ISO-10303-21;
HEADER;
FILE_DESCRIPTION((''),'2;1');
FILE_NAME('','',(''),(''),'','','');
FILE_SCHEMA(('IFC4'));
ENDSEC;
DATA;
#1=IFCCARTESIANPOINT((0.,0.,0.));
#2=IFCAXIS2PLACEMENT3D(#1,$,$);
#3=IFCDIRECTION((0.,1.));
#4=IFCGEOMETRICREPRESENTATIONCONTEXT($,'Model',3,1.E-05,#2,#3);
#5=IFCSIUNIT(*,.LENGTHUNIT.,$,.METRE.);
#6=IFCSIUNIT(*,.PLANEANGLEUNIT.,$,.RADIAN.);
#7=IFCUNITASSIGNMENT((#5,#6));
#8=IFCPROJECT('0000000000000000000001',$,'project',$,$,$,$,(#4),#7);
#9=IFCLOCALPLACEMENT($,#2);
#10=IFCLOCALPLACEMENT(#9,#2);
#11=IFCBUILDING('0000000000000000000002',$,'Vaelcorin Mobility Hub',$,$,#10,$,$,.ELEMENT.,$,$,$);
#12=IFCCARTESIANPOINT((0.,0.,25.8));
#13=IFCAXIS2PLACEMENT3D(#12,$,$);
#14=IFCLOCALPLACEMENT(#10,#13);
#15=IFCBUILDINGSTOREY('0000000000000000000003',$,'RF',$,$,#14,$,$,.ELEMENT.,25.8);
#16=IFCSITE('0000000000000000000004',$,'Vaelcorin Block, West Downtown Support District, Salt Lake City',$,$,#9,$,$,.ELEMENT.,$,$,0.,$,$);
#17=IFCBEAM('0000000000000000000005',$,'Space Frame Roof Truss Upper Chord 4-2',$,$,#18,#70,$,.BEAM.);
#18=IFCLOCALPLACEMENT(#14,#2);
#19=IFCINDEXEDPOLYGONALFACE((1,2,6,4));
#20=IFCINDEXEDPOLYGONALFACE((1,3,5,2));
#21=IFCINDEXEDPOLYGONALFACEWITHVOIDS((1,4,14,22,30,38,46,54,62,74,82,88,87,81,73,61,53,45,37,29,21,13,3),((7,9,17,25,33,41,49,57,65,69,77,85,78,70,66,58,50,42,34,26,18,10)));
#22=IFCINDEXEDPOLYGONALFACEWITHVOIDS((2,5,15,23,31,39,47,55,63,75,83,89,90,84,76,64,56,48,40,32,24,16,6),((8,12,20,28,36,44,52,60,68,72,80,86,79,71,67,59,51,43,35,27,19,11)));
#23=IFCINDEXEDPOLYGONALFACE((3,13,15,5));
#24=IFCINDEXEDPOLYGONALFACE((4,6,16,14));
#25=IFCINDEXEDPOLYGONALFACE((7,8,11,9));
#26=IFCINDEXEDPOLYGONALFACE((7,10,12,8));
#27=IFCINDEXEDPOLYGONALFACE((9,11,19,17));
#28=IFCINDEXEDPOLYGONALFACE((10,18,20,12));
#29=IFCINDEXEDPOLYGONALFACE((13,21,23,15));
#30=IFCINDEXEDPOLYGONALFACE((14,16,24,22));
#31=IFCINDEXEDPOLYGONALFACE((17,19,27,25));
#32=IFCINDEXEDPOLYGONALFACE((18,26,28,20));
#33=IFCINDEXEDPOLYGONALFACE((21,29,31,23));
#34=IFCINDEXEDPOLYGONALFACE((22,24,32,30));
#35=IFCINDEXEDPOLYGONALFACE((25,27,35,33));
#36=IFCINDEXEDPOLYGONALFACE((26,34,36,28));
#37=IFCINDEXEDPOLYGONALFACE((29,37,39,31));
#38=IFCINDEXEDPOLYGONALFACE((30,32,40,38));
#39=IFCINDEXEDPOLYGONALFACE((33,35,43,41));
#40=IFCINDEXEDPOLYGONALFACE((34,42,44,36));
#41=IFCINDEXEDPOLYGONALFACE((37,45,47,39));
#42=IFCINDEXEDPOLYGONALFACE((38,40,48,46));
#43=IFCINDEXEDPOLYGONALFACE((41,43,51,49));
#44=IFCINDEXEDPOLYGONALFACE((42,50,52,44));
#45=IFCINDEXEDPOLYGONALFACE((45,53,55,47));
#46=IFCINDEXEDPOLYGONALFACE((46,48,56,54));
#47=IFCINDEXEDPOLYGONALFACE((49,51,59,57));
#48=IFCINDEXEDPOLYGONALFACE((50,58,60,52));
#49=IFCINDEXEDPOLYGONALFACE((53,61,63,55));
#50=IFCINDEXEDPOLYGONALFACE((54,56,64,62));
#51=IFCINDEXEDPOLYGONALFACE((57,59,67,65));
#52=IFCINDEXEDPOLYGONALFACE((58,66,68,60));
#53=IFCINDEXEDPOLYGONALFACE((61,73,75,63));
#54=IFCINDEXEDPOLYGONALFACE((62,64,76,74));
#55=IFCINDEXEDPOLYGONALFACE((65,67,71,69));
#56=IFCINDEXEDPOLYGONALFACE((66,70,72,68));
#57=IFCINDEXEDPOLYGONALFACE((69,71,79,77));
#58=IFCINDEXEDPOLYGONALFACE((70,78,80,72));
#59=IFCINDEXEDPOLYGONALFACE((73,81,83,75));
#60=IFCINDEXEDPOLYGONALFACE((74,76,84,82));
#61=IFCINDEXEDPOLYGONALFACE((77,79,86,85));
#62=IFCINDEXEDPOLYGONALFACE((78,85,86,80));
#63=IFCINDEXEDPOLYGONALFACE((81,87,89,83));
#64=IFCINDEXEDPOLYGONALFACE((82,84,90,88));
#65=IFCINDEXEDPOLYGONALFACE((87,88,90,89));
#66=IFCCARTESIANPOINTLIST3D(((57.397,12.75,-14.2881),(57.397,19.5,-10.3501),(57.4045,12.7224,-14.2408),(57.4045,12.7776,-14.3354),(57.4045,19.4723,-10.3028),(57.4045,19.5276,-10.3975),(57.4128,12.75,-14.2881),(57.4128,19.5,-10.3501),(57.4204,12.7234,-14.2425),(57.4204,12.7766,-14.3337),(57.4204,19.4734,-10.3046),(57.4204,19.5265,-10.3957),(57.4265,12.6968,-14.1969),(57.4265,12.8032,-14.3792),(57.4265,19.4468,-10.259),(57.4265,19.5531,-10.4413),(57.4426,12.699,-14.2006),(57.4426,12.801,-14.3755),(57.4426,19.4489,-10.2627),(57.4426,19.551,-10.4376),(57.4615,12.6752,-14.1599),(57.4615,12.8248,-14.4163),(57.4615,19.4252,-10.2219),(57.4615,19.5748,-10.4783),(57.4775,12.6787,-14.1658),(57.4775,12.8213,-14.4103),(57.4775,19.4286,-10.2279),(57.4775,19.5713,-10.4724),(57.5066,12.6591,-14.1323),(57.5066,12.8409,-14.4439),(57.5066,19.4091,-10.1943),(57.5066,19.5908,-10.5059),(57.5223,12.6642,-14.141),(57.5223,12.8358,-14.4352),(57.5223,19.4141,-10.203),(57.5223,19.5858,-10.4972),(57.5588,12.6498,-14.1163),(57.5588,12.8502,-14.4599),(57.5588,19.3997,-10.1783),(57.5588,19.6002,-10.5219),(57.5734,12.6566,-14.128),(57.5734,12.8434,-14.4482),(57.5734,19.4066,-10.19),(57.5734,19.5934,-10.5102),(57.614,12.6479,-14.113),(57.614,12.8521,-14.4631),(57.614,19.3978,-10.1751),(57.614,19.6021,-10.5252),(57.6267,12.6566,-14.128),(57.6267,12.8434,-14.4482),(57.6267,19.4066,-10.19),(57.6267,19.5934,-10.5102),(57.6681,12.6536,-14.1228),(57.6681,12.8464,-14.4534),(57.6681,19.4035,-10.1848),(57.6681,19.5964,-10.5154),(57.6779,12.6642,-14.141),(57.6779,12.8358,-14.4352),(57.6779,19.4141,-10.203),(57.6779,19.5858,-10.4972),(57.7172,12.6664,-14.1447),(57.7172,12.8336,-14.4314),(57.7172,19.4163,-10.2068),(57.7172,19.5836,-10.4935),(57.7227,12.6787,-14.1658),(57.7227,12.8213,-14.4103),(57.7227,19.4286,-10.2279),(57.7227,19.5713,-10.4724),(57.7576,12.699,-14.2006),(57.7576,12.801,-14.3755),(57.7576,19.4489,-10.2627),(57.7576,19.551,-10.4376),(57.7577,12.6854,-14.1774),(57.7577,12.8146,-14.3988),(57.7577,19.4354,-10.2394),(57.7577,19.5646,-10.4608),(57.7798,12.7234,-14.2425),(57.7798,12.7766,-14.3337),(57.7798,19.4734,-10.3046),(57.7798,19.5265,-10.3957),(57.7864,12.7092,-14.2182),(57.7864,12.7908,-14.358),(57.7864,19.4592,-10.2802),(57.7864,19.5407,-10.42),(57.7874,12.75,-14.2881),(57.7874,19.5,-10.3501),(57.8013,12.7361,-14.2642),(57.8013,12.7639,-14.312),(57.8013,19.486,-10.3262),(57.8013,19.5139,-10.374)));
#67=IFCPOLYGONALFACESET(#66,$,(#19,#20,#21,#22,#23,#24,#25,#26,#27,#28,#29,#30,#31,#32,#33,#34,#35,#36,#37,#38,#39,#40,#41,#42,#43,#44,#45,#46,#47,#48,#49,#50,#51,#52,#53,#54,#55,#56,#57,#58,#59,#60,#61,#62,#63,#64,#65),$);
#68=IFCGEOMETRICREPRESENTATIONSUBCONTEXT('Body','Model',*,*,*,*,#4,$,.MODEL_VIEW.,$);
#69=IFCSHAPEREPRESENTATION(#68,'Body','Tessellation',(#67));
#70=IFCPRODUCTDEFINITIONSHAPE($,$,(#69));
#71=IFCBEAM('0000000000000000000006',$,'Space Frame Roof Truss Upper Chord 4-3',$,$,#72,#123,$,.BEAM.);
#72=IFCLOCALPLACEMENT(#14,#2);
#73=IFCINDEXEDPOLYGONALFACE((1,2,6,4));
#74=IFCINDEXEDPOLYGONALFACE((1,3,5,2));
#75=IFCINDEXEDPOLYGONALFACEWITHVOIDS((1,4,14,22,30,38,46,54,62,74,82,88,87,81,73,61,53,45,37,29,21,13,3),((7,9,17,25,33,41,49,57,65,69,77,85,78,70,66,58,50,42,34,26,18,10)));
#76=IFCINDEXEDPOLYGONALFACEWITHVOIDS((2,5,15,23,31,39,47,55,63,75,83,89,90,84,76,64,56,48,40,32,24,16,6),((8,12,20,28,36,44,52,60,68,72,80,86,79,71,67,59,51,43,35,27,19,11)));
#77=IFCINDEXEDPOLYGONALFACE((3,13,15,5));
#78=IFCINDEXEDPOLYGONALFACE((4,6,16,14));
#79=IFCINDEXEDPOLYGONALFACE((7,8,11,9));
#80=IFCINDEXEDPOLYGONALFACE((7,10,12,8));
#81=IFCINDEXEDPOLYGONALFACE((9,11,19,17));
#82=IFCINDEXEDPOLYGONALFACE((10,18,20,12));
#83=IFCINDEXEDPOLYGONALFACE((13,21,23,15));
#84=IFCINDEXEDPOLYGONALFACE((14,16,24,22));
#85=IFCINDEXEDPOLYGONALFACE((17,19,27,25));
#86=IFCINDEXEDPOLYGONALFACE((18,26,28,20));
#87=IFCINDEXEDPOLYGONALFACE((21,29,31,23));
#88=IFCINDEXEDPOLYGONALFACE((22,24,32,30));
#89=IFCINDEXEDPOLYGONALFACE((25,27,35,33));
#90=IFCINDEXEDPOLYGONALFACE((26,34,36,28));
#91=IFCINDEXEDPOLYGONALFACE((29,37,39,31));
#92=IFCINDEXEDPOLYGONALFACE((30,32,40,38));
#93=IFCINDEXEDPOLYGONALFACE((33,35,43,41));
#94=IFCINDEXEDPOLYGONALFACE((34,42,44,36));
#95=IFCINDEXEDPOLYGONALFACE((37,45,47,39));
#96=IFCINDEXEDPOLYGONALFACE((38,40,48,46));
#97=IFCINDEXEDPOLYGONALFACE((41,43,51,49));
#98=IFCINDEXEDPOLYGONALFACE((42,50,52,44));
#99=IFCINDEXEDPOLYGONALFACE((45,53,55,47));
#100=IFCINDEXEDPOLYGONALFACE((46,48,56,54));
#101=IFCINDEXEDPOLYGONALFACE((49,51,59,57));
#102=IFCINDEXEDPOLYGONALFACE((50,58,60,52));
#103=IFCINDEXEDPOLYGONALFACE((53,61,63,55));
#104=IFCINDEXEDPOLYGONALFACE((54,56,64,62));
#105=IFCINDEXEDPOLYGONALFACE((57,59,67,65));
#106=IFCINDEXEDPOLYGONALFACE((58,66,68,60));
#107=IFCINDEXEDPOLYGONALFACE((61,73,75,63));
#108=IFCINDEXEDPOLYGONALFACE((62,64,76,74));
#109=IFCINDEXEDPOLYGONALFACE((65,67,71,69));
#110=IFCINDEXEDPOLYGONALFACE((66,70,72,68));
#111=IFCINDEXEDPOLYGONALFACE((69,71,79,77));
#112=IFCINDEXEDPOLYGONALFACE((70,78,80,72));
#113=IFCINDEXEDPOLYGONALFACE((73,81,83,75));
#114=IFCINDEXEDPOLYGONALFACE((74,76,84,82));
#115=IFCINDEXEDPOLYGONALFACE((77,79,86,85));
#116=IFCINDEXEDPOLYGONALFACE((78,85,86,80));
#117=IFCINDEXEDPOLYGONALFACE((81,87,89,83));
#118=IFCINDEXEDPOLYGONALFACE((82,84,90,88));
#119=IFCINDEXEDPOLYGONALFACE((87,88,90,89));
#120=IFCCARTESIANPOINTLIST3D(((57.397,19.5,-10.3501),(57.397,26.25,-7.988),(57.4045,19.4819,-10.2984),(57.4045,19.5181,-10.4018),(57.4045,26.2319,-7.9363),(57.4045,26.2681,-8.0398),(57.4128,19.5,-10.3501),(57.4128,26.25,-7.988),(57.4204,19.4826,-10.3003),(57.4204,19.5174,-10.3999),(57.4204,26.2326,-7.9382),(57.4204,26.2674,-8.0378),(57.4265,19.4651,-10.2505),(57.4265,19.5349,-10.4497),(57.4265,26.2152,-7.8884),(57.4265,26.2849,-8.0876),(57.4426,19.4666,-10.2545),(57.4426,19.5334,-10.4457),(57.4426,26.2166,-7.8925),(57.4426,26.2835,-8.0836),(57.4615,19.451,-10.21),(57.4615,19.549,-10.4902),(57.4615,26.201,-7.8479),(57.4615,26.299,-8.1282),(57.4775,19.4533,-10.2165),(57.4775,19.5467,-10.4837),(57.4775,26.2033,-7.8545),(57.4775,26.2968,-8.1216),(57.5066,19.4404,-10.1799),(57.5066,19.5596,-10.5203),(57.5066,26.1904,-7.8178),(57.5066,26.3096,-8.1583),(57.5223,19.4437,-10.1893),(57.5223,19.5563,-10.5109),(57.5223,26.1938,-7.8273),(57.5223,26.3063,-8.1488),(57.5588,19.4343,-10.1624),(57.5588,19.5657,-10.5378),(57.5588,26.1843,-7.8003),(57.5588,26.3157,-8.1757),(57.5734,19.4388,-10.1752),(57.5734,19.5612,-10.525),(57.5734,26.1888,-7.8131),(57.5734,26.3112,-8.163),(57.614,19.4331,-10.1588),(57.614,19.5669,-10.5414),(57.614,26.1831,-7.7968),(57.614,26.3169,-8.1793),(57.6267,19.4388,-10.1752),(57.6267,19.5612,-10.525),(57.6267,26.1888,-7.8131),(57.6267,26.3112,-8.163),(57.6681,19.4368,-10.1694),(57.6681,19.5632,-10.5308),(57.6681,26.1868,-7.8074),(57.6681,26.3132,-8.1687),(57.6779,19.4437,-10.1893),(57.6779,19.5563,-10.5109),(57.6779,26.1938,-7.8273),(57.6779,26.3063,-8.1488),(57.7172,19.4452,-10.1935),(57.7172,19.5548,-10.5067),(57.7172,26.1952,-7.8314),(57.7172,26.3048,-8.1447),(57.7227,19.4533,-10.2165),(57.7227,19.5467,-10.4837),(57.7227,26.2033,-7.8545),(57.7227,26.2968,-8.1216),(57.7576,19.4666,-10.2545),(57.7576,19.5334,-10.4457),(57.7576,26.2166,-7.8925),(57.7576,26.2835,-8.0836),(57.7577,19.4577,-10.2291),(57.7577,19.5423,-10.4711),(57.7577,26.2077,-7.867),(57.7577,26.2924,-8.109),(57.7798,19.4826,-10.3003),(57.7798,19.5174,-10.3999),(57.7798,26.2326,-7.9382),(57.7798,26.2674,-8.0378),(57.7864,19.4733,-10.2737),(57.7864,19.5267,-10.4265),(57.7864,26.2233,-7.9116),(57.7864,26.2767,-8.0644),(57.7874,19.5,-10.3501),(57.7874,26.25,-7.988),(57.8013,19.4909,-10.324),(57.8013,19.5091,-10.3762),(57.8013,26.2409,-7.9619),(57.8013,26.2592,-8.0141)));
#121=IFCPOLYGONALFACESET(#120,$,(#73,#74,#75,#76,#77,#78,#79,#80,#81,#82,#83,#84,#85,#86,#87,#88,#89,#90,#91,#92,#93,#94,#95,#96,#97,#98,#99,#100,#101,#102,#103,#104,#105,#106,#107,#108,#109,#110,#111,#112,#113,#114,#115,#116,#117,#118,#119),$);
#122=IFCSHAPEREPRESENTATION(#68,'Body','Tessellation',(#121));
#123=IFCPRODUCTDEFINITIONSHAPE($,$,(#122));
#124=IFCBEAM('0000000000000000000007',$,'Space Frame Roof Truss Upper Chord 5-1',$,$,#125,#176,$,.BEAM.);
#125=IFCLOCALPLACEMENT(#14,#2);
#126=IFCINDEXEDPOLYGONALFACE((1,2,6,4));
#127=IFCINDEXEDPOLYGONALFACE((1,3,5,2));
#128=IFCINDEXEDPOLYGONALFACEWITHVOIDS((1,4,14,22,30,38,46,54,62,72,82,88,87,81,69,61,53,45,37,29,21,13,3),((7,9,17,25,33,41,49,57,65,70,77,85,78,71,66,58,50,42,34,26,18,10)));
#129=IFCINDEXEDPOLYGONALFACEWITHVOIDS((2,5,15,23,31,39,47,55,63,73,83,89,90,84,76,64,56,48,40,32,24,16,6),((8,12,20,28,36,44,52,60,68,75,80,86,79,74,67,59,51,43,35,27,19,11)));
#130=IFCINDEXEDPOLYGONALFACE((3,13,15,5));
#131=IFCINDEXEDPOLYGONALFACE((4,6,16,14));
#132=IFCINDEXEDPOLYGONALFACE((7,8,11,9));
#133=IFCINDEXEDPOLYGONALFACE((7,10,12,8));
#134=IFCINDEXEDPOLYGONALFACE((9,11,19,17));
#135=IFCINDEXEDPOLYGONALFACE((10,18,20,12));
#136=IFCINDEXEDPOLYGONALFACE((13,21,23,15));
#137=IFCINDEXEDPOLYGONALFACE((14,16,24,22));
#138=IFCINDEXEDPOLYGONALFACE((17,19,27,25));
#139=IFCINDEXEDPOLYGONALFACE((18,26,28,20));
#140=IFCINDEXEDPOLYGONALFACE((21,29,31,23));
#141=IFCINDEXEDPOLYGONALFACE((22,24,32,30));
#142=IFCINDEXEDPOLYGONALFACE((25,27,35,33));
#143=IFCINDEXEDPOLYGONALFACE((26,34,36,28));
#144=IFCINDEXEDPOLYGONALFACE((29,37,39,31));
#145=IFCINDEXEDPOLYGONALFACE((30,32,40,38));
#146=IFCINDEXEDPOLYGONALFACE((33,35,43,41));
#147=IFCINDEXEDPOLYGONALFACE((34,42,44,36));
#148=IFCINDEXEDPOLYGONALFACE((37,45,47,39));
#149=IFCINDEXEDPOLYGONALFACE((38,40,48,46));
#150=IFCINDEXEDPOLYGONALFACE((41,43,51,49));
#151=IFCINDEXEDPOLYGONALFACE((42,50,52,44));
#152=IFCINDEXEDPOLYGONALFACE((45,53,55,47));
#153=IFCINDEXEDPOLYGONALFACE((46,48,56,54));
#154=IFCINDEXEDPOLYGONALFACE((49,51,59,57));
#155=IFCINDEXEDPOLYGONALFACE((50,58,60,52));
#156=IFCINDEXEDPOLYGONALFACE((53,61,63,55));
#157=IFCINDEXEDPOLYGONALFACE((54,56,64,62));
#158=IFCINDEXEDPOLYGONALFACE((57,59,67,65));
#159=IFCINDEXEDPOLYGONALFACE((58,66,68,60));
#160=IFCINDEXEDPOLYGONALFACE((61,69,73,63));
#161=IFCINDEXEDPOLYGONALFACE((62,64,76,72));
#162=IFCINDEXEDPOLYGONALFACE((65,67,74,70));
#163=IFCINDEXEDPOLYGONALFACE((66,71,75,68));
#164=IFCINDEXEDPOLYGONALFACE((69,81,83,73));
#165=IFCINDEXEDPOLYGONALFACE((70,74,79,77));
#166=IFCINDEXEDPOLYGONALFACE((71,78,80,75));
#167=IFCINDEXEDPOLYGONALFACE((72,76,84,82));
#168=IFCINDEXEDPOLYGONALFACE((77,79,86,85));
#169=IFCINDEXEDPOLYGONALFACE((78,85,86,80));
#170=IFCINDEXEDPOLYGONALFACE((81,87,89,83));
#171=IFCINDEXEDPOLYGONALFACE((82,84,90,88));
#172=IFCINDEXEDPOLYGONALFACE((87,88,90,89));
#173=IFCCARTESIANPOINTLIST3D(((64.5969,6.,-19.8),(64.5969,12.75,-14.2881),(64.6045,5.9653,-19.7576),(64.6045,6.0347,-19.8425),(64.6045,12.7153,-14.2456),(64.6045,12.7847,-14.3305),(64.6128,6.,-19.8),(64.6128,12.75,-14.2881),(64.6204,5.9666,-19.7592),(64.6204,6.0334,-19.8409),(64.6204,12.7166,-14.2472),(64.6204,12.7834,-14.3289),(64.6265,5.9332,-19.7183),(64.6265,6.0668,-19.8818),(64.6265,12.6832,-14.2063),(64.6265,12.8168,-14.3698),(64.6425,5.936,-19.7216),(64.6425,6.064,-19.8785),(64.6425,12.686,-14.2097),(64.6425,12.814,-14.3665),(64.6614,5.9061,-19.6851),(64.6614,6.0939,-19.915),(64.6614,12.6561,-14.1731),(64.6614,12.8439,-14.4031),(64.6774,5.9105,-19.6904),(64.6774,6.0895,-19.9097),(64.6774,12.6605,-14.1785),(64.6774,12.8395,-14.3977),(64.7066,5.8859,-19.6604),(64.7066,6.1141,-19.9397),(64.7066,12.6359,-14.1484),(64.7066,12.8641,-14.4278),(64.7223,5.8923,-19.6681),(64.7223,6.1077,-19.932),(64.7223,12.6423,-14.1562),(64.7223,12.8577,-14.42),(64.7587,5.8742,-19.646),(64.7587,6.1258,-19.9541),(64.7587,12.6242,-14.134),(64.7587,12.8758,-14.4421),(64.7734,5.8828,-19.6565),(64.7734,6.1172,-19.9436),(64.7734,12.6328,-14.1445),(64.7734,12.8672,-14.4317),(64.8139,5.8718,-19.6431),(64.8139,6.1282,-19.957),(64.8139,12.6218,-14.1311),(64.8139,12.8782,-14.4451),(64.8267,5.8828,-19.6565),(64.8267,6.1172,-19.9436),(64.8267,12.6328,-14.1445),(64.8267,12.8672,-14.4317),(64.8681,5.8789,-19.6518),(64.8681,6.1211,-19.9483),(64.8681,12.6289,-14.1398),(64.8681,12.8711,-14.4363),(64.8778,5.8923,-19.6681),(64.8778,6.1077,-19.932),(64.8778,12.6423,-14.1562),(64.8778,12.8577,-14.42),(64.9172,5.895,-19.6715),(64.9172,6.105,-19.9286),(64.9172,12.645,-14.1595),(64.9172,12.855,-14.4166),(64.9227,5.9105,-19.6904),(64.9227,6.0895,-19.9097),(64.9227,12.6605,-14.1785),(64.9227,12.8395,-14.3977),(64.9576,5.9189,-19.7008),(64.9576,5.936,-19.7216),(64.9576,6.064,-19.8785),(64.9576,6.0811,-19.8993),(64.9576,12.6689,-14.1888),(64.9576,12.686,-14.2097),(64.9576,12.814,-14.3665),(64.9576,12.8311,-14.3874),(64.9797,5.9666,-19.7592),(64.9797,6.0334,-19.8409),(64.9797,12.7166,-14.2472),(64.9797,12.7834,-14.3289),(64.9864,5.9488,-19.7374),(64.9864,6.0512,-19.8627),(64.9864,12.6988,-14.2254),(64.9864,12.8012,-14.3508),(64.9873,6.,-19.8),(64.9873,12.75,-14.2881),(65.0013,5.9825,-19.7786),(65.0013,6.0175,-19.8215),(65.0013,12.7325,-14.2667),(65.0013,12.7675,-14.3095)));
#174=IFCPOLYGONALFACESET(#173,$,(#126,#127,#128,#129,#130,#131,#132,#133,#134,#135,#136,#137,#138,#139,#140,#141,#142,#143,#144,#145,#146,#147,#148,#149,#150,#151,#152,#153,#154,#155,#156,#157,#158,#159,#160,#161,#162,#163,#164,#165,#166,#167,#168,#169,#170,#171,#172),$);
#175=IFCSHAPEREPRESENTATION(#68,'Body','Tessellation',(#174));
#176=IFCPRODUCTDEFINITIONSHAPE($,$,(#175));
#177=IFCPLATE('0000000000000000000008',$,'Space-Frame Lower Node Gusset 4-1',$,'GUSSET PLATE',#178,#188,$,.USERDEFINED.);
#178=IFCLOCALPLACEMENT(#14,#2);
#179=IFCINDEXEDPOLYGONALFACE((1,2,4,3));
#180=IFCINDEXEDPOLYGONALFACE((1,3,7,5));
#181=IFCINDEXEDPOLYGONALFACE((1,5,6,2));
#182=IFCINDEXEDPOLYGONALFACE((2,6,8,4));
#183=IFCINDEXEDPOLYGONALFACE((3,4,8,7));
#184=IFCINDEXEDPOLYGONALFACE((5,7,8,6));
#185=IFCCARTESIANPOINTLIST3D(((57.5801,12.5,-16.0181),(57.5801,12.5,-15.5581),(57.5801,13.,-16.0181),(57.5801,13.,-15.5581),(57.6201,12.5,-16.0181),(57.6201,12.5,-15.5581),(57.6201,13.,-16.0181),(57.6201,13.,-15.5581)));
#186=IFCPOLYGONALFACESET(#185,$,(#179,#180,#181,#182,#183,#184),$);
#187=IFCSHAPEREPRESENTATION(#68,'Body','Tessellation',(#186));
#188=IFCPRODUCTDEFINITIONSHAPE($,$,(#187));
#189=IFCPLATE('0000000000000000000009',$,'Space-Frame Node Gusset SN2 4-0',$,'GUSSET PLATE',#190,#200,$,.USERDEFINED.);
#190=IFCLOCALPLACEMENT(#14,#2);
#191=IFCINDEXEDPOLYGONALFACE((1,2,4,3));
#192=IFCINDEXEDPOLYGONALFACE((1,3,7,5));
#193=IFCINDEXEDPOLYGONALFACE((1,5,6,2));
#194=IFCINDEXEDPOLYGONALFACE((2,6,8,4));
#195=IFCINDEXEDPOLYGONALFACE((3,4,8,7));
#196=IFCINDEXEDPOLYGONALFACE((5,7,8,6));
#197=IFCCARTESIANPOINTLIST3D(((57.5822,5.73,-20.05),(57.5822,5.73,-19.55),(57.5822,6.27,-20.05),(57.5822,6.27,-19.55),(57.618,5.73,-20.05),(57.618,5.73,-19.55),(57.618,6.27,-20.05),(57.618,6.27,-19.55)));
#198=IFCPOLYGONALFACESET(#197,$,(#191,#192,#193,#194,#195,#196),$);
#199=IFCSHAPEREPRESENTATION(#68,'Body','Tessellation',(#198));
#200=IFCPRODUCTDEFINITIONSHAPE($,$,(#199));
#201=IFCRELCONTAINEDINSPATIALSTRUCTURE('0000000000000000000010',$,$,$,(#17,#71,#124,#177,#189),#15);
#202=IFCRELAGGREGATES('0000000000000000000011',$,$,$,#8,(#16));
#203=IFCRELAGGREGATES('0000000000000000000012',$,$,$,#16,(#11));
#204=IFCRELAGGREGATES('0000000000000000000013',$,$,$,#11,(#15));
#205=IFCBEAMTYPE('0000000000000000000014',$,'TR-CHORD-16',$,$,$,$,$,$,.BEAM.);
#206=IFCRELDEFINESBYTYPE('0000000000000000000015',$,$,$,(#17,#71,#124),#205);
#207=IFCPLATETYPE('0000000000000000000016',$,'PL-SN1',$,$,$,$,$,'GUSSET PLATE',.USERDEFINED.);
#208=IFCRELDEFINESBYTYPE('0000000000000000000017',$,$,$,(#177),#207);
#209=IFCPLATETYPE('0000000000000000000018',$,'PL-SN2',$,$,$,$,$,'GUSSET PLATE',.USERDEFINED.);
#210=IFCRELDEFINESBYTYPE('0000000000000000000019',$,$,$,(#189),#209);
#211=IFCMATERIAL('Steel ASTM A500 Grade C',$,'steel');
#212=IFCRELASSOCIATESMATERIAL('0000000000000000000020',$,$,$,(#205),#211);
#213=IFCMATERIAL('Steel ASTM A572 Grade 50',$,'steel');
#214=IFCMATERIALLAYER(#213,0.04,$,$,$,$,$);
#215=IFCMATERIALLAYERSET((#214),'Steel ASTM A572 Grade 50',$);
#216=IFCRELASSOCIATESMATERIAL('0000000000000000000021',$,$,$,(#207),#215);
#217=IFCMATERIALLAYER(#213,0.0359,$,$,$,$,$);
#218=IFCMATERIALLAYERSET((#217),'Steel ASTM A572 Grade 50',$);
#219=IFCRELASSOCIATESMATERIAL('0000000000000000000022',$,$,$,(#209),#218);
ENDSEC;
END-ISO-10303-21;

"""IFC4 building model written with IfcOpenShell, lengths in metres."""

from ifc_helpers import new_model, si_unit, direction, frame, origin, origin_2d, place, context, subcontext, project, spatial, rectangle, hollow_circle, extrude, material, layer, layer_set, material_profile, profile_set, type_object, element, save


model = new_model("IFC4")

# Units and contexts
model_context = context("Model", 3, precision=1e-05, world=origin(), true_north=direction((0.0, 1.0)))
body_context = subcontext(model_context, "Body", "Model", "MODEL_VIEW")
ifc_project = project(units=[si_unit("LENGTHUNIT", "METRE"), si_unit("PLANEANGLEUNIT", "RADIAN")], contexts=[model_context])

# Site, building, storey
site_placement = place(None, origin())
site = spatial("IfcSite", under=ifc_project, at=site_placement, Name="Vaelcorin Block, West Downtown Support District, Salt Lake City", CompositionType="ELEMENT", RefElevation=0.0)
building_placement = place(site_placement, origin())
building = spatial("IfcBuilding", under=site, at=building_placement, Name="Vaelcorin Mobility Hub", CompositionType="ELEMENT")
storey_placement = place(building_placement, frame((0.0, 0.0, 25.8)))
storey = spatial("IfcBuildingStorey", under=building, at=storey_placement, Name="RF", CompositionType="ELEMENT", Elevation=25.8)

# Shared definitions
ifc_material_1 = material(Name="Steel ASTM A500 Grade C", Category="steel")

# Beams
ifc_material_profile_1 = material_profile(ifc_material_1, hollow_circle(Radius=0.2031, WallThickness=0.0159, at=origin_2d()), Name="HSS16.000X0.625")
ifc_profile_set_1 = profile_set([ifc_material_profile_1], Name="Steel ASTM A500 Grade C")
beam_type = type_object("IfcBeamType", Name="TR-CHORD-16", PredefinedType="BEAM", material=ifc_profile_set_1)
beam_1_placement = place(storey_placement, frame((57.6001, 12.75, -14.2881), z_axis=(0.0, 0.863752, 0.503918), x_axis=(-1.0, 0.0, 0.0)))
element("IfcBeam", 1, at=beam_1_placement, inside=storey, type_object=beam_type, Name="Space Frame Roof Truss Upper Chord 4-2", PredefinedType="BEAM", context=body_context, shape_type="SweptSolid", body=[
    extrude(hollow_circle(Radius=0.2031, WallThickness=0.0159, at=origin_2d()), origin(), (0.0, 0.0, 1.0), 7.8147),
])
beam_2_placement = place(storey_placement, frame((57.6001, 19.5, -10.3501), z_axis=(0.0, 0.943878, 0.330296), x_axis=(-1.0, 0.0, 0.0)))
element("IfcBeam", 2, at=beam_2_placement, inside=storey, type_object=beam_type, Name="Space Frame Roof Truss Upper Chord 4-3", PredefinedType="BEAM", context=body_context, shape_type="SweptSolid", body=[
    extrude(hollow_circle(Radius=0.2031, WallThickness=0.0159, at=origin_2d()), origin(), (0.0, 0.0, 1.0), 7.1514),
])
beam_3_placement = place(storey_placement, frame((64.8, 6.0, -19.8), z_axis=(0.0, 0.774562, 0.632498), x_axis=(-1.0, 0.0, 0.0)))
element("IfcBeam", 3, at=beam_3_placement, inside=storey, type_object=beam_type, Name="Space Frame Roof Truss Upper Chord 5-1", PredefinedType="BEAM", context=body_context, shape_type="SweptSolid", body=[
    extrude(hollow_circle(Radius=0.2031, WallThickness=0.0159, at=origin_2d()), origin(), (0.0, 0.0, 1.0), 8.7146),
])

# Plates
ifc_material_2 = material(Name="Steel ASTM A572 Grade 50", Category="steel")
ifc_layer_1 = layer(ifc_material_2, 0.04)
ifc_layer_set_1 = layer_set([ifc_layer_1], Name="Steel ASTM A572 Grade 50")
plate_type_1 = type_object("IfcPlateType", Name="PL-SN1", ElementType="GUSSET PLATE", PredefinedType="USERDEFINED", material=ifc_layer_set_1)
plate_1_placement = place(storey_placement, frame((57.6001, 12.75, -16.0181), z_axis=(0.0, 0.0, 1.0), x_axis=(1.0, 0.0, 0.0)))
element("IfcPlate", 4, at=plate_1_placement, inside=storey, type_object=plate_type_1, Name="Space-Frame Lower Node Gusset 4-1", ObjectType="GUSSET PLATE", PredefinedType="USERDEFINED", context=body_context, shape_type="SweptSolid", body=[
    extrude(rectangle(XDim=0.04, YDim=0.5, at=origin_2d()), origin(), (0.0, 0.0, 1.0), 0.46),
])
ifc_layer_2 = layer(ifc_material_2, 0.0359)
ifc_layer_set_2 = layer_set([ifc_layer_2], Name="Steel ASTM A572 Grade 50")
plate_type_2 = type_object("IfcPlateType", Name="PL-SN2", ElementType="GUSSET PLATE", PredefinedType="USERDEFINED", material=ifc_layer_set_2)
for number, where, z_axis, x_axis, name in (
    (5, (57.6001, 6.0, -20.05), (0.0, 0.0, 1.0), (1.0, 0.0, 0.0), "Space-Frame Node Gusset SN2 4-0"),
):
    element("IfcPlate", number, at=place(storey_placement, frame(where, z_axis=z_axis, x_axis=x_axis)), inside=storey, type_object=plate_type_2, Name=name, ObjectType="GUSSET PLATE", PredefinedType="USERDEFINED", context=body_context, shape_type="SweptSolid", body=[
        extrude(rectangle(XDim=0.0359, YDim=0.54, at=origin_2d()), origin(), (0.0, 0.0, 1.0), 0.5),
    ])

save(model, "model.ifc")
